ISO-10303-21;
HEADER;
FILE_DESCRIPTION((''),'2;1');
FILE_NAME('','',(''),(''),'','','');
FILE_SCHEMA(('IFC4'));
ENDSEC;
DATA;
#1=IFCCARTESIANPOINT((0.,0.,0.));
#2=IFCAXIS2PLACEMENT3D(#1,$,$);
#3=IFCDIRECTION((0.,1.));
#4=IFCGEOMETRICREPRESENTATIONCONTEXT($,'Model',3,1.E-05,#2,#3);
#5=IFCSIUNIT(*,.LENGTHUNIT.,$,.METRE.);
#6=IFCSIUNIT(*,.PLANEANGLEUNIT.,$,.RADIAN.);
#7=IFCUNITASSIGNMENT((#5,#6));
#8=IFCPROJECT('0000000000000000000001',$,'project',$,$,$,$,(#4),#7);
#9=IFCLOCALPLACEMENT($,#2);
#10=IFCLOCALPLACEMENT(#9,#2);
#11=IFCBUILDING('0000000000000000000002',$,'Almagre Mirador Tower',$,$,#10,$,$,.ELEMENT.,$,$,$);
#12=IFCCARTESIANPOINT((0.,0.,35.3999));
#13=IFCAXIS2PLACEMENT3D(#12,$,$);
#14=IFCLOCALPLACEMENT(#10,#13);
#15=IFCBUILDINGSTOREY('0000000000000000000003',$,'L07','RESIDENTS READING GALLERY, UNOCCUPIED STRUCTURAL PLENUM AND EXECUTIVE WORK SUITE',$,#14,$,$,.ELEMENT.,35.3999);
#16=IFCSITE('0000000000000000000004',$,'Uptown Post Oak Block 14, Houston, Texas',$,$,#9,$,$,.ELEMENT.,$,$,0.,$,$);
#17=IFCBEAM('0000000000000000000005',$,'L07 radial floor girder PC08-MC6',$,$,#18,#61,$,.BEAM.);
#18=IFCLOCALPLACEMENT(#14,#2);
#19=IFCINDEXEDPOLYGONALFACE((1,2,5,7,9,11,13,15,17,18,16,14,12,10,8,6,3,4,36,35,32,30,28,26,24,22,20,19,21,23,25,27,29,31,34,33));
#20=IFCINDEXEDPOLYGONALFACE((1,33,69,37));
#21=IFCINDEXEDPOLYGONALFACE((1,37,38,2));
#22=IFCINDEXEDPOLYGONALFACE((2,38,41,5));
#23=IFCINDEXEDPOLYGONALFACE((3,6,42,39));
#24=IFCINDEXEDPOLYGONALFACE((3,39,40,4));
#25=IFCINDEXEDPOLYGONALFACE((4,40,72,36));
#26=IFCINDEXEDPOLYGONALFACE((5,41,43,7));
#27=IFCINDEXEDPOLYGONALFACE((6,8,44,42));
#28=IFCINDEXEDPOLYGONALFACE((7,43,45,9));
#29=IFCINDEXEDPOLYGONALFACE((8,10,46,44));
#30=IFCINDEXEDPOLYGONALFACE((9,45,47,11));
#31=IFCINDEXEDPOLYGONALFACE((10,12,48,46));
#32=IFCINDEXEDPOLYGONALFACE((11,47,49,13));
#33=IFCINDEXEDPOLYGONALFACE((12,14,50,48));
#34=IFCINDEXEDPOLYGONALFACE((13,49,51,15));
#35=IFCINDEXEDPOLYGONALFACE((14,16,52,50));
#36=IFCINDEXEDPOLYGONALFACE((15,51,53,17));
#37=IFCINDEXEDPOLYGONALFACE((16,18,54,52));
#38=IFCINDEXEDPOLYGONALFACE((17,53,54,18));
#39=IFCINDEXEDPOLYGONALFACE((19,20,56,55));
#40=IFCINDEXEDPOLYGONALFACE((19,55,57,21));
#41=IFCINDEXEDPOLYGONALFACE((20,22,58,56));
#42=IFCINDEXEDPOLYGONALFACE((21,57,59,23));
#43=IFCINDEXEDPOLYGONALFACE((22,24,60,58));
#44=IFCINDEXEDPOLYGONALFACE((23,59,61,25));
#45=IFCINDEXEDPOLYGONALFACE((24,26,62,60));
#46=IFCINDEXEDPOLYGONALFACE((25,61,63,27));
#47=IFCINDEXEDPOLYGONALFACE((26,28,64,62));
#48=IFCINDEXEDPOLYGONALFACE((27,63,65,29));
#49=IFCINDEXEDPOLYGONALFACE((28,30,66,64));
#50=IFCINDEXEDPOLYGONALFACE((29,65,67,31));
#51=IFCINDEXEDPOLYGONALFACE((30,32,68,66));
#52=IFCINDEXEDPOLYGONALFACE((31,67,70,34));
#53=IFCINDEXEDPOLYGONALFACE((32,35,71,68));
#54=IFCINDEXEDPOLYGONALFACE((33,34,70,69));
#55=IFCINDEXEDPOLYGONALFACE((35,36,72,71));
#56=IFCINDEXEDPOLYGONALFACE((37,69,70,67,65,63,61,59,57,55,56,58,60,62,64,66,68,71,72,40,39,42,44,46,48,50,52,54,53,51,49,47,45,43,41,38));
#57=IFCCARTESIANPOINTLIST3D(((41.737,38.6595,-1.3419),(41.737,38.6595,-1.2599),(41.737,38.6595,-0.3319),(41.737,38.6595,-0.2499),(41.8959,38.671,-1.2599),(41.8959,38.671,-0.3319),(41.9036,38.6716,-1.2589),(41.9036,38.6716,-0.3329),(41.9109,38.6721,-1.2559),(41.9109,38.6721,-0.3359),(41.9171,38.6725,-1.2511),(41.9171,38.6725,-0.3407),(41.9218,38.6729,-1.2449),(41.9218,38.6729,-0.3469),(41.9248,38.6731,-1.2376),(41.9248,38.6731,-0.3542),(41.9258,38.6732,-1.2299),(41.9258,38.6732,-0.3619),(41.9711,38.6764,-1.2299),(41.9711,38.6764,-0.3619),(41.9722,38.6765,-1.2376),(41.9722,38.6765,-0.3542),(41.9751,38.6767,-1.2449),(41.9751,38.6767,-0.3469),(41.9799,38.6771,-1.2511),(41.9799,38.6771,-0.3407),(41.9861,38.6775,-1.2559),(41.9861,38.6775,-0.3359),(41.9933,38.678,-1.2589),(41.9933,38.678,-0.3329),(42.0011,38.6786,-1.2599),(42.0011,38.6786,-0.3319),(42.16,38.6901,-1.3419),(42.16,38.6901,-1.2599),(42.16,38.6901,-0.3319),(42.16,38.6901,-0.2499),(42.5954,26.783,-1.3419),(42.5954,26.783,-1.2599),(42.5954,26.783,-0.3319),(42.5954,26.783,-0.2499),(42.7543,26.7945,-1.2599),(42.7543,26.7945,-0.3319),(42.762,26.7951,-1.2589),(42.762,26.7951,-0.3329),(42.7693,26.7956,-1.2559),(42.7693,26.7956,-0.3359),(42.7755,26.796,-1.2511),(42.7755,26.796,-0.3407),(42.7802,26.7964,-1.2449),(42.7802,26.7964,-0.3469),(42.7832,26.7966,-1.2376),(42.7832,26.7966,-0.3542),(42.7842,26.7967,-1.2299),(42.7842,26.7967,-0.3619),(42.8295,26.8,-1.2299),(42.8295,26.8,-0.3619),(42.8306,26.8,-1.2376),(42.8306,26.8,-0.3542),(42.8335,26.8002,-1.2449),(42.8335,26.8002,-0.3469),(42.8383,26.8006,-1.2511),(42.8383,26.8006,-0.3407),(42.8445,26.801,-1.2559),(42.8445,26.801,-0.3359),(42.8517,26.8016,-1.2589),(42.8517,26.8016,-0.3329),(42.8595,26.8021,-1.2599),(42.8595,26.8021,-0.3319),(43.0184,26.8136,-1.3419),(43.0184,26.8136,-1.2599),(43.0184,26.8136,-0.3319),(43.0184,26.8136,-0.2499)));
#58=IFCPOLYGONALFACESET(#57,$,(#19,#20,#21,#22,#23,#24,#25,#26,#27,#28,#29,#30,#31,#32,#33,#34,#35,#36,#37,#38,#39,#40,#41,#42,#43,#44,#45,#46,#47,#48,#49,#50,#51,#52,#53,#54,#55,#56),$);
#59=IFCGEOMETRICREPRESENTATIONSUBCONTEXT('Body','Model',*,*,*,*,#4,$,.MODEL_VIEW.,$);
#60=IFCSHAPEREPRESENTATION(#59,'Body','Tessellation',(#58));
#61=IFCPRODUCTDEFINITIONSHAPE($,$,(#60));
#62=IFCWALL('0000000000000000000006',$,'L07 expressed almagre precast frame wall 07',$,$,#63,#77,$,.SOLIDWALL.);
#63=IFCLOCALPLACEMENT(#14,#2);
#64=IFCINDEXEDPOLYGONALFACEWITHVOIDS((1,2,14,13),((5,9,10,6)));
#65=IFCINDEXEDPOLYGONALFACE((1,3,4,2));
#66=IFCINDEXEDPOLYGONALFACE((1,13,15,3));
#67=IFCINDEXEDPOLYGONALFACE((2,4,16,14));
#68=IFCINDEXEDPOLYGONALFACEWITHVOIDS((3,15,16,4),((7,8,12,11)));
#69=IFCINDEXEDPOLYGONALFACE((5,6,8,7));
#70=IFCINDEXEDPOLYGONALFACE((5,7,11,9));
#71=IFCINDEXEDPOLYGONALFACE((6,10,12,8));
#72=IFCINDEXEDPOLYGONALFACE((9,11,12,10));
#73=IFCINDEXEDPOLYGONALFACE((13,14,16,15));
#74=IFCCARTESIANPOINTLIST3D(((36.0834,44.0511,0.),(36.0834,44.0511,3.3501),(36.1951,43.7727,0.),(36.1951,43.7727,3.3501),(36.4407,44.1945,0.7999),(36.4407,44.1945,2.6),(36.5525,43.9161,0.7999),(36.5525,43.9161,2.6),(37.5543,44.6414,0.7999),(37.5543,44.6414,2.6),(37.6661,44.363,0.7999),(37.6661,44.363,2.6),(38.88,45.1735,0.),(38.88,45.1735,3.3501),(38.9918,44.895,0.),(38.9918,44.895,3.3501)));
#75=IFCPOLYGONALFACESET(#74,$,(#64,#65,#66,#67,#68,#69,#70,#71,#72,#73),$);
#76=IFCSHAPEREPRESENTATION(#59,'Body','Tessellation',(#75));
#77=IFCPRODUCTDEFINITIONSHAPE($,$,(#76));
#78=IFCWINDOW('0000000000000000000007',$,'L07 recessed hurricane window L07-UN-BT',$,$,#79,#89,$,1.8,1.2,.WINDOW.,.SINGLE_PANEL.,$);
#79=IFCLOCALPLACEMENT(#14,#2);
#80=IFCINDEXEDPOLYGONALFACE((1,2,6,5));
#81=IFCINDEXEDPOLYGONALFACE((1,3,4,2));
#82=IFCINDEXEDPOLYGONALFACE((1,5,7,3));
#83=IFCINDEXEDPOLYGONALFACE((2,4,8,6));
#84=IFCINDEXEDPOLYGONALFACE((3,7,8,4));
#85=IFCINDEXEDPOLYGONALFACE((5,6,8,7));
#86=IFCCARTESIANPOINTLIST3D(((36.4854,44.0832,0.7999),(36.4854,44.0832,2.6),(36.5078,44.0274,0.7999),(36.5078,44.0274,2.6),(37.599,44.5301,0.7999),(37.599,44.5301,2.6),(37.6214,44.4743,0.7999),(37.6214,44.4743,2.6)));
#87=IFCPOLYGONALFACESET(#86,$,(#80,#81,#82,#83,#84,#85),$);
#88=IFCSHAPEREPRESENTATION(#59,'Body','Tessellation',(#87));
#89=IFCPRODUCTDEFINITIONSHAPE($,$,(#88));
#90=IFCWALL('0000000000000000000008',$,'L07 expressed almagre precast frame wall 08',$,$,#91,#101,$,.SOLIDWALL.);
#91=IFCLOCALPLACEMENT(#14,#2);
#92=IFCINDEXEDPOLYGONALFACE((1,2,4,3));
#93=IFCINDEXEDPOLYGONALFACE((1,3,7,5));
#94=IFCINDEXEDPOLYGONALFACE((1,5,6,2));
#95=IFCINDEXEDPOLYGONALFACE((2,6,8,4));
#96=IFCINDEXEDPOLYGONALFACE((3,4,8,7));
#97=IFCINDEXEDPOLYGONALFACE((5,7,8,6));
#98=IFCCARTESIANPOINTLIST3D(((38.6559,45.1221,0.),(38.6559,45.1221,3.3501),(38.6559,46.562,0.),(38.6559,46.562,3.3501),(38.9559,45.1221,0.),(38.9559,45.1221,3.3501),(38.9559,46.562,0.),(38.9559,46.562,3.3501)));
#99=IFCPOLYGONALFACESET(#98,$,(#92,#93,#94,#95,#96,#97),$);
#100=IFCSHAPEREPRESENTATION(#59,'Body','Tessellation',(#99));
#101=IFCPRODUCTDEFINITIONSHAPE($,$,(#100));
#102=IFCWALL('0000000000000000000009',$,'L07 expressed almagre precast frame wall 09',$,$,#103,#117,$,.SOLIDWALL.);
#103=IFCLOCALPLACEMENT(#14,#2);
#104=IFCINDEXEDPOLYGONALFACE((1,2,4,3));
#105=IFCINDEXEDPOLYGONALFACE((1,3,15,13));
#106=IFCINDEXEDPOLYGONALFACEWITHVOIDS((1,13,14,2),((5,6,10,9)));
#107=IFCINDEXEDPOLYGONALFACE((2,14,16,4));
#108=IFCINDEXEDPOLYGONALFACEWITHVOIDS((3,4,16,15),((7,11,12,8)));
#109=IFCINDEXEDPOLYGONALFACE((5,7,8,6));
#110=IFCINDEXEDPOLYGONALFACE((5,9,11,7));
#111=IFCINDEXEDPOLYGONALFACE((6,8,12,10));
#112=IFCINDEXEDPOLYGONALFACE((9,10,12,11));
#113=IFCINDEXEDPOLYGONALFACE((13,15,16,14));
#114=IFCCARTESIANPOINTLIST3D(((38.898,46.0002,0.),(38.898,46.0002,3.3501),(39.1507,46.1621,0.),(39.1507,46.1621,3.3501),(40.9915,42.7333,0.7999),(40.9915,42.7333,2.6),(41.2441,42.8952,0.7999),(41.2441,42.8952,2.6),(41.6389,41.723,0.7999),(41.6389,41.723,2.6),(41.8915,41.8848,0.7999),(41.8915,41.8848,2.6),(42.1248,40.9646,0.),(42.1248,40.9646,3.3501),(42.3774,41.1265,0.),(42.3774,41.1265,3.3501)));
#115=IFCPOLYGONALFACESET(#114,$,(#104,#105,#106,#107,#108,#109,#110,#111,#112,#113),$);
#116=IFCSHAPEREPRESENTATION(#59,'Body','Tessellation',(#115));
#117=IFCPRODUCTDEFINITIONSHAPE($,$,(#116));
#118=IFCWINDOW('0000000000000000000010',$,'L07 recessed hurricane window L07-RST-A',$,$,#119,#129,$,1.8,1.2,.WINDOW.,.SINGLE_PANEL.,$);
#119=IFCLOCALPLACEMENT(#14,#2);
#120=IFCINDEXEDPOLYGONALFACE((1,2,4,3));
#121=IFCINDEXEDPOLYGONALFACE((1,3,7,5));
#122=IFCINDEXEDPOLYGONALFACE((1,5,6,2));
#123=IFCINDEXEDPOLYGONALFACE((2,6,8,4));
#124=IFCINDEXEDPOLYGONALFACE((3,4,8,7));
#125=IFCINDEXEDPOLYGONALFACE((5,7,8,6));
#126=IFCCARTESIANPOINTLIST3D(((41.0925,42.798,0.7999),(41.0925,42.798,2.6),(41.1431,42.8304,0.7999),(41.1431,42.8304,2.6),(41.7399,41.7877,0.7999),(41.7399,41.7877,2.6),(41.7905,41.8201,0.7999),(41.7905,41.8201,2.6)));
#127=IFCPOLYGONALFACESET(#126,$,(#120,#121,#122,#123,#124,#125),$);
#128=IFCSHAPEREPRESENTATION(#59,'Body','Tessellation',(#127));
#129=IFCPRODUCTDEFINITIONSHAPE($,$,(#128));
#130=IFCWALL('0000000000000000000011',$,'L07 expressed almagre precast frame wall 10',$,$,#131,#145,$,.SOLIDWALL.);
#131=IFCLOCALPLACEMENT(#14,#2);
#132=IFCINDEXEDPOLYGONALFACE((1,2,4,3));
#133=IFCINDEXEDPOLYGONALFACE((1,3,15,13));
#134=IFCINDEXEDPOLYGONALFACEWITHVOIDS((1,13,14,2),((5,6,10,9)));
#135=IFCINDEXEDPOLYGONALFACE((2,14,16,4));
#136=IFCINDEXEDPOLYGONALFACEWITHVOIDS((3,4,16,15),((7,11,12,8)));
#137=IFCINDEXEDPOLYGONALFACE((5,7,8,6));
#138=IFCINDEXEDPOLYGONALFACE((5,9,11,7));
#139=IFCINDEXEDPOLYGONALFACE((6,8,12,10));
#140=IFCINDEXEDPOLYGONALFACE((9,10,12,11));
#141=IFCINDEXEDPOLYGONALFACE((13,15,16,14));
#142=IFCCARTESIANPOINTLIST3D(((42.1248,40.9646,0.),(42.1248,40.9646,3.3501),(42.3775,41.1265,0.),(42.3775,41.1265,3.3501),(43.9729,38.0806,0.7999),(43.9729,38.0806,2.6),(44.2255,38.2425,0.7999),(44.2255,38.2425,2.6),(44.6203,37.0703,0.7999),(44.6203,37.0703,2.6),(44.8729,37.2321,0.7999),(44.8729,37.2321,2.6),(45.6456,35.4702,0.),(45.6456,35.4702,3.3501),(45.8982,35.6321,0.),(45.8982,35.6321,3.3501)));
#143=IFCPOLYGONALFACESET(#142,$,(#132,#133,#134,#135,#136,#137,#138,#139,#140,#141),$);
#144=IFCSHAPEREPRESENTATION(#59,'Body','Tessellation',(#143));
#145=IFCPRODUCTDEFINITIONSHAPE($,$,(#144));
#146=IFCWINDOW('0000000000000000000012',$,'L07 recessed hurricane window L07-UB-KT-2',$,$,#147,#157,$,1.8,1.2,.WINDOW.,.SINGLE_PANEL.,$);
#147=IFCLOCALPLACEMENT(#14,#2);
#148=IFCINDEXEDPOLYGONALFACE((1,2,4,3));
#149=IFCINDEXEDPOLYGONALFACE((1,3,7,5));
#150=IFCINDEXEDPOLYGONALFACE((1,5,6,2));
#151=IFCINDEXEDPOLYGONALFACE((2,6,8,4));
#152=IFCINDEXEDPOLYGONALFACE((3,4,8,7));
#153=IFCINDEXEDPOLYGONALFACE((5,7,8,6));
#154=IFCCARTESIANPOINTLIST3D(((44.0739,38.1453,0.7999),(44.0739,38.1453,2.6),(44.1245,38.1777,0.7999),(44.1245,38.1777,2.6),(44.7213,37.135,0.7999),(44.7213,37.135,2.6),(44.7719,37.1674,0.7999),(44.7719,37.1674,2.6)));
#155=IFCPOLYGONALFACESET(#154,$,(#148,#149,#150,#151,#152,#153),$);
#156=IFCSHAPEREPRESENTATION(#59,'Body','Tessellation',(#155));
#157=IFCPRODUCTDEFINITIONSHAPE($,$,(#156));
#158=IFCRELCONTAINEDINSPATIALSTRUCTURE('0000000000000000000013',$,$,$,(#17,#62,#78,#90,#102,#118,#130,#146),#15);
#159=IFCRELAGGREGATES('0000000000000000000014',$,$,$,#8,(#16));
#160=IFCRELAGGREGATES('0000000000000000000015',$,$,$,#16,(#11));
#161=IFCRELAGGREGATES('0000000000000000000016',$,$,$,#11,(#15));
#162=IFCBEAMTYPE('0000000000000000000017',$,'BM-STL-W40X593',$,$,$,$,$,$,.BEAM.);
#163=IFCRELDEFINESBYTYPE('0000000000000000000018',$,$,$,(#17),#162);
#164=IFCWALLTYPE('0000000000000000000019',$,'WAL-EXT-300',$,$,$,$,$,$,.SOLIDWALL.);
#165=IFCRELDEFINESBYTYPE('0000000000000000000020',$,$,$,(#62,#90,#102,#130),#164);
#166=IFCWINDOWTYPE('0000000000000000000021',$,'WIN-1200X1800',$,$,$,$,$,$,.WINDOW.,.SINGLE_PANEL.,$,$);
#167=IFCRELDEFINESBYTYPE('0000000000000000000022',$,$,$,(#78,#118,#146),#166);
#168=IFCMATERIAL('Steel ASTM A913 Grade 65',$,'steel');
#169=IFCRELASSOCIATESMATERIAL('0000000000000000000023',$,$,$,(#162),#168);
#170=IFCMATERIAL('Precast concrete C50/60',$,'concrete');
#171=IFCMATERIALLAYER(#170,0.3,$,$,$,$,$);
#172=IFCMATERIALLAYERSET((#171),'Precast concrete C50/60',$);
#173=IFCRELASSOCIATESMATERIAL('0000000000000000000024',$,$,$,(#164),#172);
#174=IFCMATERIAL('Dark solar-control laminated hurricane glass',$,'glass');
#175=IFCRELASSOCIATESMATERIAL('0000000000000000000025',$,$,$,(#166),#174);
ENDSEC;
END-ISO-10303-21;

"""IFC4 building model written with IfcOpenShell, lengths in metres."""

from ifc_helpers import new_model, si_unit, direction, frame, frame_2d, origin, origin_2d, place, context, subcontext, project, spatial, rectangle, i_section, extrude, material, layer, layer_set, material_profile, profile_set, type_object, element, fill, save


model = new_model("IFC4")

# Units and contexts
model_context = context("Model", 3, precision=1e-05, world=origin(), true_north=direction((0.0, 1.0)))
body_context = subcontext(model_context, "Body", "Model", "MODEL_VIEW")
ifc_project = project(units=[si_unit("LENGTHUNIT", "METRE"), si_unit("PLANEANGLEUNIT", "RADIAN")], contexts=[model_context])

# Site, building, storey
site_placement = place(None, origin())
site = spatial("IfcSite", under=ifc_project, at=site_placement, Name="Uptown Post Oak Block 14, Houston, Texas", CompositionType="ELEMENT", RefElevation=0.0)
building_placement = place(site_placement, origin())
building = spatial("IfcBuilding", under=site, at=building_placement, Name="Almagre Mirador Tower", CompositionType="ELEMENT")
storey_placement = place(building_placement, frame((0.0, 0.0, 35.3999)))
storey = spatial("IfcBuildingStorey", under=building, at=storey_placement, Name="L07", Description="RESIDENTS READING GALLERY, UNOCCUPIED STRUCTURAL PLENUM AND EXECUTIVE WORK SUITE", CompositionType="ELEMENT", Elevation=35.3999)

# Beam
ifc_material_1 = material(Name="Steel ASTM A913 Grade 65", Category="steel")
ifc_material_profile_1 = material_profile(ifc_material_1, i_section(OverallWidth=0.4241, OverallDepth=1.092, WebThickness=0.0454, FlangeThickness=0.082, FilletRadius=0.03, at=origin_2d()), Name="W40X593")
ifc_profile_set_1 = profile_set([ifc_material_profile_1], Name="Steel ASTM A913 Grade 65")
beam_type_1 = type_object("IfcBeamType", Name="BM-STL-W40X593", PredefinedType="BEAM", material=ifc_profile_set_1)
beam_1_placement = place(storey_placement, frame((41.9485, 38.6748, -0.7959), z_axis=(0.072089, -0.997398, 0.0), x_axis=(0.997398, 0.072089, 0.0)))
element("IfcBeam", 1, at=beam_1_placement, inside=storey, type_object=beam_type_1, Name="L07 radial floor girder PC08-MC6", PredefinedType="BEAM", context=body_context, shape_type="SweptSolid", body=[
    extrude(i_section(OverallWidth=0.4241, OverallDepth=1.092, WebThickness=0.0454, FlangeThickness=0.082, FilletRadius=0.03, at=origin_2d()), origin(), (0.0, 0.0, 1.0), 11.9075),
])

# Wall, opening, window
ifc_material_2 = material(Name="Precast concrete C50/60", Category="concrete")
ifc_layer_1 = layer(ifc_material_2, 0.3)
ifc_layer_set_1 = layer_set([ifc_layer_1], Name="Precast concrete C50/60")
wall_type_1 = type_object("IfcWallType", Name="WAL-EXT-300", PredefinedType="SOLIDWALL", material=ifc_layer_set_1)
wall_1_placement = place(storey_placement, frame((36.1392, 43.9119, 0.0), z_axis=(0.0, 0.0, 1.0), x_axis=(0.928057, 0.372438, 0.0)))
wall_1 = element("IfcWall", 2, at=wall_1_placement, inside=storey, type_object=wall_type_1, Name="L07 expressed almagre precast frame wall 07", PredefinedType="SOLIDWALL", context=body_context, shape_type="SweptSolid", body=[
    extrude(rectangle(XDim=3.0134, YDim=0.3, at=frame_2d((1.5068, 0.0))), origin(), (0.0, 0.0, 1.0), 3.3501),
])
opening_1_placement = place(wall_1_placement, frame((0.385, 0.0, 0.8)))
opening_1 = element("IfcOpeningElement", 3, at=opening_1_placement, cuts=wall_1, PredefinedType="OPENING", context=body_context, shape_type="SweptSolid", body=[
    extrude(rectangle(XDim=1.2, YDim=1.8, at=frame_2d((0.6001, 0.8999))), frame((0.0, 0.1599, 0.0), z_axis=(0.0, -1.0, 0.0), x_axis=(1.0, 0.0, 0.0)), (0.0, 0.0, 1.0), 0.32),
])
ifc_material_3 = material(Name="Dark solar-control laminated hurricane glass", Category="glass")
window_type_1 = type_object("IfcWindowType", Name="WIN-1200X1800", PartitioningType="SINGLE_PANEL", PredefinedType="WINDOW", material=ifc_material_3)
window_1_placement = place(opening_1_placement, origin())
window_1 = element("IfcWindow", 4, at=window_1_placement, inside=storey, type_object=window_type_1, Name="L07 recessed hurricane window L07-UN-BT", OverallHeight=1.8, OverallWidth=1.2, PartitioningType="SINGLE_PANEL", PredefinedType="WINDOW", context=body_context, shape_type="SweptSolid", body=[
    extrude(rectangle(XDim=1.2, YDim=1.8, at=frame_2d((0.6001, 0.8999))), frame((0.0, 0.03, 0.0), z_axis=(0.0, -1.0, 0.0), x_axis=(1.0, 0.0, 0.0)), (0.0, 0.0, 1.0), 0.0601),
])
fill(opening_1, window_1)

# Wall
wall_2_placement = place(storey_placement, frame((38.8059, 45.1221, 0.0), z_axis=(0.0, 0.0, 1.0), x_axis=(0.0, 1.0, 0.0)))
element("IfcWall", 5, at=wall_2_placement, inside=storey, type_object=wall_type_1, Name="L07 expressed almagre precast frame wall 08", PredefinedType="SOLIDWALL", context=body_context, shape_type="SweptSolid", body=[
    extrude(rectangle(XDim=1.4399, YDim=0.3, at=frame_2d((0.72, 0.0))), origin(), (0.0, 0.0, 1.0), 3.3501),
])

# Walls, openings, windows
wall_3_placement = place(storey_placement, frame((39.0244, 46.0811, 0.0), z_axis=(0.0, 0.0, 1.0), x_axis=(0.539527, -0.841968, 0.0)))
wall_3 = element("IfcWall", 6, at=wall_3_placement, inside=storey, type_object=wall_type_1, Name="L07 expressed almagre precast frame wall 09", PredefinedType="SOLIDWALL", context=body_context, shape_type="SweptSolid", body=[
    extrude(rectangle(XDim=5.9807, YDim=0.3, at=frame_2d((2.9902, 0.0))), origin(), (0.0, 0.0, 1.0), 3.3501),
])
opening_2_placement = place(wall_3_placement, frame((3.8799, 0.0, 0.8)))
opening_2 = element("IfcOpeningElement", 7, at=opening_2_placement, cuts=wall_3, PredefinedType="OPENING", context=body_context, shape_type="SweptSolid", body=[
    extrude(rectangle(XDim=1.2, YDim=1.8, at=frame_2d((0.6001, 0.8999))), frame((0.0, 0.1599, 0.0), z_axis=(0.0, -1.0, 0.0), x_axis=(1.0, 0.0, 0.0)), (0.0, 0.0, 1.0), 0.32),
])
window_2_placement = place(opening_2_placement, origin())
window_2 = element("IfcWindow", 8, at=window_2_placement, inside=storey, type_object=window_type_1, Name="L07 recessed hurricane window L07-RST-A", OverallHeight=1.8, OverallWidth=1.2, PartitioningType="SINGLE_PANEL", PredefinedType="WINDOW", context=body_context, shape_type="SweptSolid", body=[
    extrude(rectangle(XDim=1.2, YDim=1.8, at=frame_2d((0.6001, 0.8999))), frame((0.0, 0.03, 0.0), z_axis=(0.0, -1.0, 0.0), x_axis=(1.0, 0.0, 0.0)), (0.0, 0.0, 1.0), 0.0601),
])
fill(opening_2, window_2)
wall_4_placement = place(storey_placement, frame((42.2512, 41.0454, 0.0), z_axis=(0.0, 0.0, 1.0), x_axis=(0.539526, -0.841969, 0.0)))
wall_4 = element("IfcWall", 9, at=wall_4_placement, inside=storey, type_object=wall_type_1, Name="L07 expressed almagre precast frame wall 10", PredefinedType="SOLIDWALL", context=body_context, shape_type="SweptSolid", body=[
    extrude(rectangle(XDim=6.5256, YDim=0.3, at=frame_2d((3.2627, 0.0))), origin(), (0.0, 0.0, 1.0), 3.3501),
])
opening_3_placement = place(wall_4_placement, frame((3.425, 0.0, 0.8)))
opening_3 = element("IfcOpeningElement", 10, at=opening_3_placement, cuts=wall_4, PredefinedType="OPENING", context=body_context, shape_type="SweptSolid", body=[
    extrude(rectangle(XDim=1.2, YDim=1.8, at=frame_2d((0.6001, 0.8999))), frame((0.0, 0.1599, 0.0), z_axis=(0.0, -1.0, 0.0), x_axis=(1.0, 0.0, 0.0)), (0.0, 0.0, 1.0), 0.32),
])
window_3_placement = place(opening_3_placement, origin())
window_3 = element("IfcWindow", 11, at=window_3_placement, inside=storey, type_object=window_type_1, Name="L07 recessed hurricane window L07-UB-KT-2", OverallHeight=1.8, OverallWidth=1.2, PartitioningType="SINGLE_PANEL", PredefinedType="WINDOW", context=body_context, shape_type="SweptSolid", body=[
    extrude(rectangle(XDim=1.2, YDim=1.8, at=frame_2d((0.6001, 0.8999))), frame((0.0, 0.03, 0.0), z_axis=(0.0, -1.0, 0.0), x_axis=(1.0, 0.0, 0.0)), (0.0, 0.0, 1.0), 0.0601),
])
fill(opening_3, window_3)

save(model, "model.ifc")
